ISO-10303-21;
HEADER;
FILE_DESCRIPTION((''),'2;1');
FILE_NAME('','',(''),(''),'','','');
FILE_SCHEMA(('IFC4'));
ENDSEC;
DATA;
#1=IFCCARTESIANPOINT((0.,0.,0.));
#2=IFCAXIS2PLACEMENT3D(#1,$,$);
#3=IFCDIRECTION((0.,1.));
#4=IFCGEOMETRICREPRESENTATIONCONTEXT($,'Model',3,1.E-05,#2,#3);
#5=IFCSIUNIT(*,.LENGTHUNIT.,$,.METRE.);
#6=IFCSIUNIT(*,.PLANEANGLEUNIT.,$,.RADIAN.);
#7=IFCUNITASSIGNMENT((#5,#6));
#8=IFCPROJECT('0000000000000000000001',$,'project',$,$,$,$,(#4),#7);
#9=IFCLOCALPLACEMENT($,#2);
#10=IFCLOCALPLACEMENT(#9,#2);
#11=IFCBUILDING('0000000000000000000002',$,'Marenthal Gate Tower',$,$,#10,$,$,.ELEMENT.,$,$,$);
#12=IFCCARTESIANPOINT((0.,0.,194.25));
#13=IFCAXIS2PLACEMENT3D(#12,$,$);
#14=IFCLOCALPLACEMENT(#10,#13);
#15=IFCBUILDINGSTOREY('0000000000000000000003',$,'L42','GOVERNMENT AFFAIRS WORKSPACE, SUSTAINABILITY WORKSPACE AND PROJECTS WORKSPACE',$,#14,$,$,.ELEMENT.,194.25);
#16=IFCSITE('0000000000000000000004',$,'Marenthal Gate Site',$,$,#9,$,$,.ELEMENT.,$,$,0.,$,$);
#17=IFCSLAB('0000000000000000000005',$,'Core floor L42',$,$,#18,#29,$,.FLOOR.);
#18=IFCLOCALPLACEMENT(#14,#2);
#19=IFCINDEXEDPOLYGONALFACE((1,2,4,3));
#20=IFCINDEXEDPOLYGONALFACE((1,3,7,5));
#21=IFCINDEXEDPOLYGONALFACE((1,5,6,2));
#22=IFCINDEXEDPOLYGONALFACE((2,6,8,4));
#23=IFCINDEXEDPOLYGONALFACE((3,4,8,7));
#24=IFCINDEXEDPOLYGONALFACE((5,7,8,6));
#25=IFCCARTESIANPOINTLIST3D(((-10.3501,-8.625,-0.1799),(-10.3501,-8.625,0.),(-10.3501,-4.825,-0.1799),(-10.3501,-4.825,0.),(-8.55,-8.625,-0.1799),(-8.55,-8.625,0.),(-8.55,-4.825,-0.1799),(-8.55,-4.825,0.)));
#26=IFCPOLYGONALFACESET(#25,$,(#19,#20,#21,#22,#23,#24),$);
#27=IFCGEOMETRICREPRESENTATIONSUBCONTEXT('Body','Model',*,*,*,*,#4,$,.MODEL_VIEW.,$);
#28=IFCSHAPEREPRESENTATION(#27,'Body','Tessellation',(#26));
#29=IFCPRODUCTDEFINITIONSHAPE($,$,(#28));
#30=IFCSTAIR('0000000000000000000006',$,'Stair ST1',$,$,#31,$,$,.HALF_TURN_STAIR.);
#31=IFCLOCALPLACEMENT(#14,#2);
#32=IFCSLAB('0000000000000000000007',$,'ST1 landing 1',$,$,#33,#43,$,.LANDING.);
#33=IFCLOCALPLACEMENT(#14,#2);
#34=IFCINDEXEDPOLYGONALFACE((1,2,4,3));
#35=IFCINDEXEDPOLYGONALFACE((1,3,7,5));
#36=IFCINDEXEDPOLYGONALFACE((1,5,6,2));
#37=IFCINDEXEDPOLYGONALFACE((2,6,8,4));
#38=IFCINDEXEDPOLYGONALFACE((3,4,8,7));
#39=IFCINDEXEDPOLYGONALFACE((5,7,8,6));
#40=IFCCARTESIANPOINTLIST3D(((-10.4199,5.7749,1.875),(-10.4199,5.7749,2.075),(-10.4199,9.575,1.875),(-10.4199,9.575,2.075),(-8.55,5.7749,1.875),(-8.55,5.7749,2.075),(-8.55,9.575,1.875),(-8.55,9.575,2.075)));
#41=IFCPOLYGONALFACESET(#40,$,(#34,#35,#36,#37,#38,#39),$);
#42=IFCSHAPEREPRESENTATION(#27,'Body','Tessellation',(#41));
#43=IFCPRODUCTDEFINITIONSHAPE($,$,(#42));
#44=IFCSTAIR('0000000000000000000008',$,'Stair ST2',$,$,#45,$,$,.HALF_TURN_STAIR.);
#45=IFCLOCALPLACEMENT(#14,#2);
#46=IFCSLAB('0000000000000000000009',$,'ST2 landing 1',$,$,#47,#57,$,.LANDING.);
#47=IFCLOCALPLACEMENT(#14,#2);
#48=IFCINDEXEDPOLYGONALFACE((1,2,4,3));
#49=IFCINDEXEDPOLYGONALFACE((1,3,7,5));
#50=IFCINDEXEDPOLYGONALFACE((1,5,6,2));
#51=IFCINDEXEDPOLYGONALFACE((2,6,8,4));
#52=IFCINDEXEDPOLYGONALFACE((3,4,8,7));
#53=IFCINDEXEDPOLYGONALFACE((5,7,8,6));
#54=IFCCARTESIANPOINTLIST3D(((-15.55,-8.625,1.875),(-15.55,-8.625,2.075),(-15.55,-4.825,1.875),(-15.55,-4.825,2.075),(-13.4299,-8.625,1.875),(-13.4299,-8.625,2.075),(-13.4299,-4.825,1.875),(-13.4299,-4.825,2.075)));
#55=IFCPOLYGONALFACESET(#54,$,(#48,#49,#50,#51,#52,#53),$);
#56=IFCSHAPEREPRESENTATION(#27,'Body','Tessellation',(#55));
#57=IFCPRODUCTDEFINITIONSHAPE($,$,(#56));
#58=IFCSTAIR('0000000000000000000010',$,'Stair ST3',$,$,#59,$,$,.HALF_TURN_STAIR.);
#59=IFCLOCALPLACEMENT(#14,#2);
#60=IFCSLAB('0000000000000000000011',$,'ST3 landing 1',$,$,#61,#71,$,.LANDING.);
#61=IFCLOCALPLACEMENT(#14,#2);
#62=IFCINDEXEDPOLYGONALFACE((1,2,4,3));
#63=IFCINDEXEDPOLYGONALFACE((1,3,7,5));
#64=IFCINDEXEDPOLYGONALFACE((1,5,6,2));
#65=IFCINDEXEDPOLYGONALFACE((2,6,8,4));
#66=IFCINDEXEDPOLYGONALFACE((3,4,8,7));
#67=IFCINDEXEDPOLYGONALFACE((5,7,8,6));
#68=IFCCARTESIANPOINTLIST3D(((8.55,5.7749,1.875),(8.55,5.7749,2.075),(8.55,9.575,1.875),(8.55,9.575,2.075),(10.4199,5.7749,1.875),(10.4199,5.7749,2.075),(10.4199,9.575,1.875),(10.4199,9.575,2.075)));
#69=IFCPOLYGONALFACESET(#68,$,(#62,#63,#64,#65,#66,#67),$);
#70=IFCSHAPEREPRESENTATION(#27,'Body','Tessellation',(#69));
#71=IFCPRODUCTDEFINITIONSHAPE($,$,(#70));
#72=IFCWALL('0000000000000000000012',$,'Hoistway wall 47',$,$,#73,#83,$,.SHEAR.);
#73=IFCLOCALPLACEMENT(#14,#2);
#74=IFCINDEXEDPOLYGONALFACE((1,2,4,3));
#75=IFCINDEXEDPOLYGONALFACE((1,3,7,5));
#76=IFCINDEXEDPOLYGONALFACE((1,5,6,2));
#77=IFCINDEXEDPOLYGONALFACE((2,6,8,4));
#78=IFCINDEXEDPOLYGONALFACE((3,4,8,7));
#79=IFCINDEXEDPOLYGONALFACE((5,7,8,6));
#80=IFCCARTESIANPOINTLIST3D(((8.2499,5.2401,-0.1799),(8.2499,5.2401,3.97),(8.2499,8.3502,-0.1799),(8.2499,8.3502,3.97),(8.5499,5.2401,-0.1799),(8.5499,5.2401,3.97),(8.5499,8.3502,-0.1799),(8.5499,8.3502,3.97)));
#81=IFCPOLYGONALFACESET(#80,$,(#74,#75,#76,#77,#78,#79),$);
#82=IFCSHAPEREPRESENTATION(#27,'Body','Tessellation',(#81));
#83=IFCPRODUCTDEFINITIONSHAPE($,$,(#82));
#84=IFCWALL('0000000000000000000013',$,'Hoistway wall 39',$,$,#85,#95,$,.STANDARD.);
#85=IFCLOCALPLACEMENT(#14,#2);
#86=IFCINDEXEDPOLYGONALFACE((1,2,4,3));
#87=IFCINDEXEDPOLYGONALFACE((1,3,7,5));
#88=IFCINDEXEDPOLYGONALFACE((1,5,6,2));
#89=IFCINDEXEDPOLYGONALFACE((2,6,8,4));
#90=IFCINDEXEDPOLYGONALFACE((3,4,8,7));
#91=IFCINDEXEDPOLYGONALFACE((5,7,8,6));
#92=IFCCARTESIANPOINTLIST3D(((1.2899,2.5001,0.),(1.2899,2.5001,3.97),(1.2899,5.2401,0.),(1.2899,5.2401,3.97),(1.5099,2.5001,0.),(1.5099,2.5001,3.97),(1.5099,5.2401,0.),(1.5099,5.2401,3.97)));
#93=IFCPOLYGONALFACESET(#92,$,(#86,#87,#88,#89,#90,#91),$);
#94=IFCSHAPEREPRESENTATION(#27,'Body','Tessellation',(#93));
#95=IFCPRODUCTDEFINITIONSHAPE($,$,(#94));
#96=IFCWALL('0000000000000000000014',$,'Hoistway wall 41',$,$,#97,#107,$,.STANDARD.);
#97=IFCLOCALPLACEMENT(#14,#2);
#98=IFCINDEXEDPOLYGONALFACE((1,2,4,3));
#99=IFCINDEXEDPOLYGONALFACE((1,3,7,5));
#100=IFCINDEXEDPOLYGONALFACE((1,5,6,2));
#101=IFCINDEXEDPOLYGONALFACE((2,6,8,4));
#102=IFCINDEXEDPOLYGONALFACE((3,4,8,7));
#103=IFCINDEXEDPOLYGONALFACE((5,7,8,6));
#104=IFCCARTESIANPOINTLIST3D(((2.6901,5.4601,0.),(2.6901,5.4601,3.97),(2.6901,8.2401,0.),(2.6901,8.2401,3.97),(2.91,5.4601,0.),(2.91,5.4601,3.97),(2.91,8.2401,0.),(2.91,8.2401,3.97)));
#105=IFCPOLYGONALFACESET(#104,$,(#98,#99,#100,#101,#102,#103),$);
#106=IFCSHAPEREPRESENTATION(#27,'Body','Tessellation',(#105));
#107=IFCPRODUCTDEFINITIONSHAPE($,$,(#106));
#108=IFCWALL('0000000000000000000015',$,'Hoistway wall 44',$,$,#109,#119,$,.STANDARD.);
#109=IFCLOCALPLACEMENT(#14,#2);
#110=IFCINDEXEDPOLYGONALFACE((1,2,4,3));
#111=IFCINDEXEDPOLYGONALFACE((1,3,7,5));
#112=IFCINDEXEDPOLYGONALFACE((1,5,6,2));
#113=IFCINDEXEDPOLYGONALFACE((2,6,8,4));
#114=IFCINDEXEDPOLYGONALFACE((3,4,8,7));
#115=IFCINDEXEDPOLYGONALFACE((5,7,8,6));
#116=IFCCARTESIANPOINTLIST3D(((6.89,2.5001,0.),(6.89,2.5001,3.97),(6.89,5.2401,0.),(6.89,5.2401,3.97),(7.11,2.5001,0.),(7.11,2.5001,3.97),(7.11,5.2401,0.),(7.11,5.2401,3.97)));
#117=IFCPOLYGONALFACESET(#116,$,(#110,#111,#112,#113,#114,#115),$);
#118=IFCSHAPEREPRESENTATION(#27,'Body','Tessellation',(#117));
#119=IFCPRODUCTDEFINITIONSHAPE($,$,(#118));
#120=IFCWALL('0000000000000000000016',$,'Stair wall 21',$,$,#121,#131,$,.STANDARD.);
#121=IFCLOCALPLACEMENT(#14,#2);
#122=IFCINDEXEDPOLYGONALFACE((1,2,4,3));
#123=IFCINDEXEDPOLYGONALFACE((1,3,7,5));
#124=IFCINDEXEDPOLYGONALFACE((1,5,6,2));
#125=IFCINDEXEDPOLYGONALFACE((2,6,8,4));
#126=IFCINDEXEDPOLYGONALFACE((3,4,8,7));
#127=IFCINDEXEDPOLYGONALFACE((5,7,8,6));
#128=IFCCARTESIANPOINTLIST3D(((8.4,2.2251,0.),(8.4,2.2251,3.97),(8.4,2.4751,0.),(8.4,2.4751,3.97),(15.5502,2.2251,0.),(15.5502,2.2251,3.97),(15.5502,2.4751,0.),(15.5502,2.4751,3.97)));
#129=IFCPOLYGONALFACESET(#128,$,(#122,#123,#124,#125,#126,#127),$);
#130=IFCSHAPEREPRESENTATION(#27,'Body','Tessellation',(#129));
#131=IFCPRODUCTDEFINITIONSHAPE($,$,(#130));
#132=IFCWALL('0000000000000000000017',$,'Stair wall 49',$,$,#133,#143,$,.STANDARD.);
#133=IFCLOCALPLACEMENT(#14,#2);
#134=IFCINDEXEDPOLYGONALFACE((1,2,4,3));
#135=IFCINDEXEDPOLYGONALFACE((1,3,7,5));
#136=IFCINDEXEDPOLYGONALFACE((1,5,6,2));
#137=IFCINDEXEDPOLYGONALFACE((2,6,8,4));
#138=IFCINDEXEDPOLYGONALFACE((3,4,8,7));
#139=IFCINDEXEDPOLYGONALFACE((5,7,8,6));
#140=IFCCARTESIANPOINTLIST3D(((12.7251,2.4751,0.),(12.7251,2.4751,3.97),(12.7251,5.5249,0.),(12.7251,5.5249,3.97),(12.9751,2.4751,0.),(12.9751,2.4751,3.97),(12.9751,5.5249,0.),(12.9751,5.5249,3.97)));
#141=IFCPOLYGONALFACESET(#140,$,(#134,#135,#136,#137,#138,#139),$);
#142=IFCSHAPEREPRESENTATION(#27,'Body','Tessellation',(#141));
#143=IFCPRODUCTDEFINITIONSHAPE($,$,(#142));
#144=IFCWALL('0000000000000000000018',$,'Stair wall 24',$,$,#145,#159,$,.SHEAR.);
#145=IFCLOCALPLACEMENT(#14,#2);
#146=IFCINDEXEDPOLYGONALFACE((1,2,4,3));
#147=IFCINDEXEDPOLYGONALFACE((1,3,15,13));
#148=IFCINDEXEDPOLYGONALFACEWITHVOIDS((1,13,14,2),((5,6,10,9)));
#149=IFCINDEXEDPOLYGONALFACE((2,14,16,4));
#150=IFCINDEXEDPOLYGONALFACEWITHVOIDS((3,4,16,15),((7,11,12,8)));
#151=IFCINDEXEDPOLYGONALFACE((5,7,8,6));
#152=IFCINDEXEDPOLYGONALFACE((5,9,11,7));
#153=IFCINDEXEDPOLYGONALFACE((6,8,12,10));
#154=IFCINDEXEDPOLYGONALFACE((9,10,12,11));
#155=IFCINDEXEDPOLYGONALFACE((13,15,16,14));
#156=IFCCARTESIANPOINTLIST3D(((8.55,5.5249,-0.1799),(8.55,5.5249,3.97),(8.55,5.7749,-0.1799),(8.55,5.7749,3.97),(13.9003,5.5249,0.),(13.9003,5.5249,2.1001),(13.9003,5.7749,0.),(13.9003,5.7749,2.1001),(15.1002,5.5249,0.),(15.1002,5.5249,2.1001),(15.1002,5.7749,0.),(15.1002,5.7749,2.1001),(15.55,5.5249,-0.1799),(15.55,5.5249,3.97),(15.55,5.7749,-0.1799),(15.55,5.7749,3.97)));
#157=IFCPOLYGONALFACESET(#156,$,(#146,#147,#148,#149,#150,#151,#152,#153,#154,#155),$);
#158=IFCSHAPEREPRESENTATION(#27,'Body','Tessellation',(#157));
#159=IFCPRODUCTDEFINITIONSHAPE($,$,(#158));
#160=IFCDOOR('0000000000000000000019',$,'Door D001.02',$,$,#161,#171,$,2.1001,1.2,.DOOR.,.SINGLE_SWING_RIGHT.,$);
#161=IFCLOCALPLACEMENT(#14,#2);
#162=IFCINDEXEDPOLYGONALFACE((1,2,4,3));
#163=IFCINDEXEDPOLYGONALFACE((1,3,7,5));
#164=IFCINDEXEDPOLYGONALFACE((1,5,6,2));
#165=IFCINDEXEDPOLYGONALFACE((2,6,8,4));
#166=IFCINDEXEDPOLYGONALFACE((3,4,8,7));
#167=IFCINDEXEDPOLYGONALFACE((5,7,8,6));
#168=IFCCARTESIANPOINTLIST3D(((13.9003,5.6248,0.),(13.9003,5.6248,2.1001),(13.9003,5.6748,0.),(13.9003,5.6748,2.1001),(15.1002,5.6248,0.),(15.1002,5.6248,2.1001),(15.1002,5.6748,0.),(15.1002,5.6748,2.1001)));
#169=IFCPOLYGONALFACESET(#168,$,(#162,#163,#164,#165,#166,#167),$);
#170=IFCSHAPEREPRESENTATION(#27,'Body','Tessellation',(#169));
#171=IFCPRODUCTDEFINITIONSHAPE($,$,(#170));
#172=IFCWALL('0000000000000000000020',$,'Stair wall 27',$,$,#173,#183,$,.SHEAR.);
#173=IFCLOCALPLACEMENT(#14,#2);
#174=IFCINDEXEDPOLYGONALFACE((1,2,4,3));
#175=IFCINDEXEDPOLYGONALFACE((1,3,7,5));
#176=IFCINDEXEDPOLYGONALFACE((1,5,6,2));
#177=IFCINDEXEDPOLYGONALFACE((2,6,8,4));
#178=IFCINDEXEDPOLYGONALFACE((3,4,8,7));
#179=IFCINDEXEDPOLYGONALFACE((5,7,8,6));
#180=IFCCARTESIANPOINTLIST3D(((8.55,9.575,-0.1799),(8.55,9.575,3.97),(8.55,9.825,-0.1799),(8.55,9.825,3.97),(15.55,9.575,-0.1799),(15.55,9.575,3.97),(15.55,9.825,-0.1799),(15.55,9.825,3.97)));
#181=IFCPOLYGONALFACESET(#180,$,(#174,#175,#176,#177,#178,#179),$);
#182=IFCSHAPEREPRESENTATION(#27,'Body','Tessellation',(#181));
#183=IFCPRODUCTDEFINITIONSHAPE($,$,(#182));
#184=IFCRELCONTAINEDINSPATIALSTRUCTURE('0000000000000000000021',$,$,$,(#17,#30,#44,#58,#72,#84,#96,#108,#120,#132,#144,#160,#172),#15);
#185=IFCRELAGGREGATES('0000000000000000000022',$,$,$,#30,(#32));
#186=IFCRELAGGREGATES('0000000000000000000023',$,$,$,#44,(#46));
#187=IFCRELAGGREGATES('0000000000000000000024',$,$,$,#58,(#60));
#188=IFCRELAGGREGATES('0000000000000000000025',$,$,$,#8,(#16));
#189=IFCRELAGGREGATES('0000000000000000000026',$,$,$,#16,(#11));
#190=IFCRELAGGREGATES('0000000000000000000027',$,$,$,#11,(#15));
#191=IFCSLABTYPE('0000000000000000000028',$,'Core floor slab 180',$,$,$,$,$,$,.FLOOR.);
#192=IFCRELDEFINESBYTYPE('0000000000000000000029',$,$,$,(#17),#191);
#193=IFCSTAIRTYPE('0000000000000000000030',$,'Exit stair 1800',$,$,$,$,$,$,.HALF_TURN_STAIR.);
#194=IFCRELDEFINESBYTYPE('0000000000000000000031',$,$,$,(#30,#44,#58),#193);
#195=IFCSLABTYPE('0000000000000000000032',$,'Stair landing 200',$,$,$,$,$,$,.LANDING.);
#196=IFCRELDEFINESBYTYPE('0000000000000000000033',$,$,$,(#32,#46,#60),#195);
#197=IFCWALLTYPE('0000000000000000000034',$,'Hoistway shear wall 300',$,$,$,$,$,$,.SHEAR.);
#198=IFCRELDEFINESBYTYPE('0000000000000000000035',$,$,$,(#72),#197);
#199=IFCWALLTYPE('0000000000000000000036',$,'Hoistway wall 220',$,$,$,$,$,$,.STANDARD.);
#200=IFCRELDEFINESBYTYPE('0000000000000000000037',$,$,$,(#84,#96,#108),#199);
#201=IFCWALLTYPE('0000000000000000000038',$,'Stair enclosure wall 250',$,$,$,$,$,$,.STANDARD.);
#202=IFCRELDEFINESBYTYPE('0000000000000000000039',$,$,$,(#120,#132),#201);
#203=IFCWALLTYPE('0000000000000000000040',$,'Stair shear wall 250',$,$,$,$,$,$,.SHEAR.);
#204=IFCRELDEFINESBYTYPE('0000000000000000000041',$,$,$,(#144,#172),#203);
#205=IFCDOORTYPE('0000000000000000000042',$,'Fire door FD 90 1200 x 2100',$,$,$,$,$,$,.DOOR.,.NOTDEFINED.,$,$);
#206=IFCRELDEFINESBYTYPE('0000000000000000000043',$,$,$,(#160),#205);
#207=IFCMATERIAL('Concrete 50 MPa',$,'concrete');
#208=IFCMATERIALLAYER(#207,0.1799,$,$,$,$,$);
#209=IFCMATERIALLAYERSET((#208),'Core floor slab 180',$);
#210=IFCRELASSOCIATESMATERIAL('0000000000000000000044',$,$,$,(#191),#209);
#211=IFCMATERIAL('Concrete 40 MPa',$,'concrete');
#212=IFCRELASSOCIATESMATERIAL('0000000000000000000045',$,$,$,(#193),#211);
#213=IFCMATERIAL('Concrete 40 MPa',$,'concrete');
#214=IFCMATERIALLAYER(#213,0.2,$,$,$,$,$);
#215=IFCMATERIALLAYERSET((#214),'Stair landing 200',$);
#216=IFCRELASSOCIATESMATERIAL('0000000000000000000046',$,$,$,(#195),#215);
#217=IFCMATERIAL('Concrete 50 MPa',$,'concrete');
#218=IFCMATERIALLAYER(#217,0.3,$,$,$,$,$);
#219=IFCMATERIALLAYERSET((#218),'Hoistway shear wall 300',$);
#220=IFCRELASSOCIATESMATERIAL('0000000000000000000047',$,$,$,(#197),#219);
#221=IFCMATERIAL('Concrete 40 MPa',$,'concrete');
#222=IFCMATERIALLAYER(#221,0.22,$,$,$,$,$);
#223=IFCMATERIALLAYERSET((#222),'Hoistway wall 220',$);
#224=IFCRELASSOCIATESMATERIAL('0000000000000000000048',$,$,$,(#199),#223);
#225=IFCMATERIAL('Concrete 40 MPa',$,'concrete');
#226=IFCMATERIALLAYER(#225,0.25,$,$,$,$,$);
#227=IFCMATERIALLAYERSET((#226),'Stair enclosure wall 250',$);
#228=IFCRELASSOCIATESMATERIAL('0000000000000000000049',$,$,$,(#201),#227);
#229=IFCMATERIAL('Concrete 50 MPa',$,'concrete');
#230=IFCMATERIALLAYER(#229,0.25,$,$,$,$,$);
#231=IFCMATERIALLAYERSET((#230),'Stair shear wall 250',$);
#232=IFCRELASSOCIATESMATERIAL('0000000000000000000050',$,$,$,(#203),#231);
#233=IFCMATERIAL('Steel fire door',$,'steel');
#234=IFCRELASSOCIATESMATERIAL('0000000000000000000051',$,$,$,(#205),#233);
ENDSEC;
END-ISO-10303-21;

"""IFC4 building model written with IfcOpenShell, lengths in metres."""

from ifc_helpers import new_model, si_unit, direction, frame, frame_2d, origin, place, context, subcontext, project, spatial, polyline, rectangle, outline, extrude, material, layer, layer_set, type_object, element, fill, aggregate, save


model = new_model("IFC4")

# Units and contexts
model_context = context("Model", 3, precision=1e-05, world=origin(), true_north=direction((0.0, 1.0)))
body_context = subcontext(model_context, "Body", "Model", "MODEL_VIEW")
ifc_project = project(units=[si_unit("LENGTHUNIT", "METRE"), si_unit("PLANEANGLEUNIT", "RADIAN")], contexts=[model_context])

# Site, building, storey
site_placement = place(None, origin())
site = spatial("IfcSite", under=ifc_project, at=site_placement, Name="Marenthal Gate Site", CompositionType="ELEMENT", RefElevation=0.0)
building_placement = place(site_placement, origin())
building = spatial("IfcBuilding", under=site, at=building_placement, Name="Marenthal Gate Tower", CompositionType="ELEMENT")
storey_placement = place(building_placement, frame((0.0, 0.0, 194.25)))
storey = spatial("IfcBuildingStorey", under=building, at=storey_placement, Name="L42", Description="GOVERNMENT AFFAIRS WORKSPACE, SUSTAINABILITY WORKSPACE AND PROJECTS WORKSPACE", CompositionType="ELEMENT", Elevation=194.25)

# Slab
ifc_material_1 = material(Name="Concrete 50 MPa", Category="concrete")
ifc_layer_1 = layer(ifc_material_1, 0.1799)
ifc_layer_set_1 = layer_set([ifc_layer_1], Name="Core floor slab 180")
slab_type_1 = type_object("IfcSlabType", Name="Core floor slab 180", PredefinedType="FLOOR", material=ifc_layer_set_1)
slab_1_placement = place(storey_placement, frame((0.0, 0.0, -0.1799)))
element("IfcSlab", 1, at=slab_1_placement, inside=storey, type_object=slab_type_1, Name="Core floor L42", PredefinedType="FLOOR", context=body_context, shape_type="SweptSolid", body=[
    extrude(outline(polyline([(-8.55, -8.625), (-10.3501, -8.625), (-10.3501, -4.825), (-8.55, -4.825), (-8.55, -8.625)])), origin(), (0.0, 0.0, 1.0), 0.1799),
])

# Stairs, slabs
ifc_material_2 = material(Name="Concrete 40 MPa", Category="concrete")
stair_type = type_object("IfcStairType", Name="Exit stair 1800", PredefinedType="HALF_TURN_STAIR", material=ifc_material_2)
stair_1_placement = place(storey_placement, origin())
stair_1 = element("IfcStair", 2, at=stair_1_placement, inside=storey, type_object=stair_type, Name="Stair ST1", PredefinedType="HALF_TURN_STAIR")
ifc_material_3 = material(Name="Concrete 40 MPa", Category="concrete")
ifc_layer_2 = layer(ifc_material_3, 0.2)
ifc_layer_set_2 = layer_set([ifc_layer_2], Name="Stair landing 200")
slab_type_2 = type_object("IfcSlabType", Name="Stair landing 200", PredefinedType="LANDING", material=ifc_layer_set_2)
slab_2_placement = place(storey_placement, frame((0.0, 0.0, 1.875)))
slab_2 = element("IfcSlab", 3, at=slab_2_placement, type_object=slab_type_2, Name="ST1 landing 1", PredefinedType="LANDING", context=body_context, shape_type="SweptSolid", body=[
    extrude(outline(polyline([(-10.4199, 5.7749), (-8.55, 5.7749), (-8.55, 9.575), (-10.4199, 9.575), (-10.4199, 5.7749)])), origin(), (0.0, 0.0, 1.0), 0.2),
])
aggregate(stair_1, [slab_2])
stair_2_placement = place(storey_placement, origin())
stair_2 = element("IfcStair", 4, at=stair_2_placement, inside=storey, type_object=stair_type, Name="Stair ST2", PredefinedType="HALF_TURN_STAIR")
slab_3_placement = place(storey_placement, frame((0.0, 0.0, 1.875)))
slab_3 = element("IfcSlab", 5, at=slab_3_placement, type_object=slab_type_2, Name="ST2 landing 1", PredefinedType="LANDING", context=body_context, shape_type="SweptSolid", body=[
    extrude(outline(polyline([(-15.55, -8.625), (-13.4299, -8.625), (-13.4299, -4.825), (-15.55, -4.825), (-15.55, -8.625)])), origin(), (0.0, 0.0, 1.0), 0.2),
])
aggregate(stair_2, [slab_3])
stair_3_placement = place(storey_placement, origin())
stair_3 = element("IfcStair", 6, at=stair_3_placement, inside=storey, type_object=stair_type, Name="Stair ST3", PredefinedType="HALF_TURN_STAIR")
slab_4_placement = place(storey_placement, frame((0.0, 0.0, 1.875)))
slab_4 = element("IfcSlab", 7, at=slab_4_placement, type_object=slab_type_2, Name="ST3 landing 1", PredefinedType="LANDING", context=body_context, shape_type="SweptSolid", body=[
    extrude(outline(polyline([(8.55, 5.7749), (10.4199, 5.7749), (10.4199, 9.575), (8.55, 9.575), (8.55, 5.7749)])), origin(), (0.0, 0.0, 1.0), 0.2),
])

# Walls
ifc_material_4 = material(Name="Concrete 50 MPa", Category="concrete")
ifc_layer_3 = layer(ifc_material_4, 0.3)
ifc_layer_set_3 = layer_set([ifc_layer_3], Name="Hoistway shear wall 300")
wall_type_1 = type_object("IfcWallType", Name="Hoistway shear wall 300", PredefinedType="SHEAR", material=ifc_layer_set_3)
wall_1_placement = place(storey_placement, frame((8.3999, 5.24, -0.1799), z_axis=(0.0, 0.0, 1.0), x_axis=(0.0, 1.0, 0.0)))
element("IfcWall", 8, at=wall_1_placement, inside=storey, type_object=wall_type_1, Name="Hoistway wall 47", PredefinedType="SHEAR", context=body_context, shape_type="SweptSolid", body=[
    extrude(rectangle(XDim=3.1101, YDim=0.3, at=frame_2d((1.5552, 0.0))), origin(), (0.0, 0.0, 1.0), 4.1499),
])
ifc_material_5 = material(Name="Concrete 40 MPa", Category="concrete")
ifc_layer_4 = layer(ifc_material_5, 0.22)
ifc_layer_set_4 = layer_set([ifc_layer_4], Name="Hoistway wall 220")
wall_type_2 = type_object("IfcWallType", Name="Hoistway wall 220", PredefinedType="STANDARD", material=ifc_layer_set_4)
wall_2_placement = place(storey_placement, frame((1.3999, 2.5, 0.0), z_axis=(0.0, 0.0, 1.0), x_axis=(0.0, 1.0, 0.0)))
element("IfcWall", 9, at=wall_2_placement, inside=storey, type_object=wall_type_2, Name="Hoistway wall 39", PredefinedType="STANDARD", context=body_context, shape_type="SweptSolid", body=[
    extrude(rectangle(XDim=2.74, YDim=0.22, at=frame_2d((1.3701, 0.0))), origin(), (0.0, 0.0, 1.0), 3.97),
])
wall_3_placement = place(storey_placement, frame((2.8, 5.46, 0.0), z_axis=(0.0, 0.0, 1.0), x_axis=(0.0, 1.0, 0.0)))
element("IfcWall", 10, at=wall_3_placement, inside=storey, type_object=wall_type_2, Name="Hoistway wall 41", PredefinedType="STANDARD", context=body_context, shape_type="SweptSolid", body=[
    extrude(rectangle(XDim=2.78, YDim=0.22, at=frame_2d((1.3901, 0.0))), origin(), (0.0, 0.0, 1.0), 3.97),
])
wall_4_placement = place(storey_placement, frame((7.0, 2.5, 0.0), z_axis=(0.0, 0.0, 1.0), x_axis=(0.0, 1.0, 0.0)))
element("IfcWall", 11, at=wall_4_placement, inside=storey, type_object=wall_type_2, Name="Hoistway wall 44", PredefinedType="STANDARD", context=body_context, shape_type="SweptSolid", body=[
    extrude(rectangle(XDim=2.74, YDim=0.22, at=frame_2d((1.3701, 0.0))), origin(), (0.0, 0.0, 1.0), 3.97),
])
ifc_material_6 = material(Name="Concrete 40 MPa", Category="concrete")
ifc_layer_5 = layer(ifc_material_6, 0.25)
ifc_layer_set_5 = layer_set([ifc_layer_5], Name="Stair enclosure wall 250")
wall_type_3 = type_object("IfcWallType", Name="Stair enclosure wall 250", PredefinedType="STANDARD", material=ifc_layer_set_5)
wall_5_placement = place(storey_placement, frame((8.3999, 2.3501, 0.0), z_axis=(0.0, 0.0, 1.0), x_axis=(1.0, 0.0, 0.0)))
element("IfcWall", 12, at=wall_5_placement, inside=storey, type_object=wall_type_3, Name="Stair wall 21", PredefinedType="STANDARD", context=body_context, shape_type="SweptSolid", body=[
    extrude(rectangle(XDim=7.1501, YDim=0.25, at=frame_2d((3.5752, 0.0))), origin(), (0.0, 0.0, 1.0), 3.97),
])
wall_6_placement = place(storey_placement, frame((12.8501, 2.4751, 0.0), z_axis=(0.0, 0.0, 1.0), x_axis=(0.0, 1.0, 0.0)))
element("IfcWall", 13, at=wall_6_placement, inside=storey, type_object=wall_type_3, Name="Stair wall 49", PredefinedType="STANDARD", context=body_context, shape_type="SweptSolid", body=[
    extrude(rectangle(XDim=3.0498, YDim=0.25, at=frame_2d((1.5249, 0.0))), origin(), (0.0, 0.0, 1.0), 3.97),
])

# Wall, opening, door
ifc_material_7 = material(Name="Concrete 50 MPa", Category="concrete")
ifc_layer_6 = layer(ifc_material_7, 0.25)
ifc_layer_set_6 = layer_set([ifc_layer_6], Name="Stair shear wall 250")
wall_type_4 = type_object("IfcWallType", Name="Stair shear wall 250", PredefinedType="SHEAR", material=ifc_layer_set_6)
wall_7_placement = place(storey_placement, frame((8.55, 5.6499, -0.1799), z_axis=(0.0, 0.0, 1.0), x_axis=(1.0, 0.0, 0.0)))
wall_7 = element("IfcWall", 14, at=wall_7_placement, inside=storey, type_object=wall_type_4, Name="Stair wall 24", PredefinedType="SHEAR", context=body_context, shape_type="SweptSolid", body=[
    extrude(rectangle(XDim=7.0, YDim=0.25, at=frame_2d((3.5, 0.0))), origin(), (0.0, 0.0, 1.0), 4.1499),
])
opening_placement = place(wall_7_placement, frame((5.3501, 0.0, 0.1799)))
opening = element("IfcOpeningElement", 15, at=opening_placement, cuts=wall_7, PredefinedType="OPENING", context=body_context, shape_type="SweptSolid", body=[
    extrude(rectangle(XDim=1.2, YDim=2.1001, at=frame_2d((0.6001, 1.05))), frame((0.0, 0.135, 0.0), z_axis=(0.0, -1.0, 0.0), x_axis=(1.0, 0.0, 0.0)), (0.0, 0.0, 1.0), 0.27),
])
ifc_material_8 = material(Name="Steel fire door", Category="steel")
door_type = type_object("IfcDoorType", Name="Fire door FD 90 1200 x 2100", OperationType="NOTDEFINED", PredefinedType="DOOR", material=ifc_material_8)
door_placement = place(opening_placement, origin())
door = element("IfcDoor", 16, at=door_placement, inside=storey, type_object=door_type, Name="Door D001.02", OperationType="SINGLE_SWING_RIGHT", OverallHeight=2.1001, OverallWidth=1.2, PredefinedType="DOOR", context=body_context, shape_type="SweptSolid", body=[
    extrude(rectangle(XDim=1.2, YDim=2.1001, at=frame_2d((0.6001, 1.05))), frame((0.0, 0.0249, 0.0), z_axis=(0.0, -1.0, 0.0), x_axis=(1.0, 0.0, 0.0)), (0.0, 0.0, 1.0), 0.05),
])
fill(opening, door)

# Wall
wall_8_placement = place(storey_placement, frame((8.55, 9.7, -0.1799), z_axis=(0.0, 0.0, 1.0), x_axis=(1.0, 0.0, 0.0)))
element("IfcWall", 17, at=wall_8_placement, inside=storey, type_object=wall_type_4, Name="Stair wall 27", PredefinedType="SHEAR", context=body_context, shape_type="SweptSolid", body=[
    extrude(rectangle(XDim=7.0, YDim=0.25, at=frame_2d((3.5, 0.0))), origin(), (0.0, 0.0, 1.0), 4.1499),
])

aggregate(stair_3, [slab_4])

save(model, "model.ifc")
